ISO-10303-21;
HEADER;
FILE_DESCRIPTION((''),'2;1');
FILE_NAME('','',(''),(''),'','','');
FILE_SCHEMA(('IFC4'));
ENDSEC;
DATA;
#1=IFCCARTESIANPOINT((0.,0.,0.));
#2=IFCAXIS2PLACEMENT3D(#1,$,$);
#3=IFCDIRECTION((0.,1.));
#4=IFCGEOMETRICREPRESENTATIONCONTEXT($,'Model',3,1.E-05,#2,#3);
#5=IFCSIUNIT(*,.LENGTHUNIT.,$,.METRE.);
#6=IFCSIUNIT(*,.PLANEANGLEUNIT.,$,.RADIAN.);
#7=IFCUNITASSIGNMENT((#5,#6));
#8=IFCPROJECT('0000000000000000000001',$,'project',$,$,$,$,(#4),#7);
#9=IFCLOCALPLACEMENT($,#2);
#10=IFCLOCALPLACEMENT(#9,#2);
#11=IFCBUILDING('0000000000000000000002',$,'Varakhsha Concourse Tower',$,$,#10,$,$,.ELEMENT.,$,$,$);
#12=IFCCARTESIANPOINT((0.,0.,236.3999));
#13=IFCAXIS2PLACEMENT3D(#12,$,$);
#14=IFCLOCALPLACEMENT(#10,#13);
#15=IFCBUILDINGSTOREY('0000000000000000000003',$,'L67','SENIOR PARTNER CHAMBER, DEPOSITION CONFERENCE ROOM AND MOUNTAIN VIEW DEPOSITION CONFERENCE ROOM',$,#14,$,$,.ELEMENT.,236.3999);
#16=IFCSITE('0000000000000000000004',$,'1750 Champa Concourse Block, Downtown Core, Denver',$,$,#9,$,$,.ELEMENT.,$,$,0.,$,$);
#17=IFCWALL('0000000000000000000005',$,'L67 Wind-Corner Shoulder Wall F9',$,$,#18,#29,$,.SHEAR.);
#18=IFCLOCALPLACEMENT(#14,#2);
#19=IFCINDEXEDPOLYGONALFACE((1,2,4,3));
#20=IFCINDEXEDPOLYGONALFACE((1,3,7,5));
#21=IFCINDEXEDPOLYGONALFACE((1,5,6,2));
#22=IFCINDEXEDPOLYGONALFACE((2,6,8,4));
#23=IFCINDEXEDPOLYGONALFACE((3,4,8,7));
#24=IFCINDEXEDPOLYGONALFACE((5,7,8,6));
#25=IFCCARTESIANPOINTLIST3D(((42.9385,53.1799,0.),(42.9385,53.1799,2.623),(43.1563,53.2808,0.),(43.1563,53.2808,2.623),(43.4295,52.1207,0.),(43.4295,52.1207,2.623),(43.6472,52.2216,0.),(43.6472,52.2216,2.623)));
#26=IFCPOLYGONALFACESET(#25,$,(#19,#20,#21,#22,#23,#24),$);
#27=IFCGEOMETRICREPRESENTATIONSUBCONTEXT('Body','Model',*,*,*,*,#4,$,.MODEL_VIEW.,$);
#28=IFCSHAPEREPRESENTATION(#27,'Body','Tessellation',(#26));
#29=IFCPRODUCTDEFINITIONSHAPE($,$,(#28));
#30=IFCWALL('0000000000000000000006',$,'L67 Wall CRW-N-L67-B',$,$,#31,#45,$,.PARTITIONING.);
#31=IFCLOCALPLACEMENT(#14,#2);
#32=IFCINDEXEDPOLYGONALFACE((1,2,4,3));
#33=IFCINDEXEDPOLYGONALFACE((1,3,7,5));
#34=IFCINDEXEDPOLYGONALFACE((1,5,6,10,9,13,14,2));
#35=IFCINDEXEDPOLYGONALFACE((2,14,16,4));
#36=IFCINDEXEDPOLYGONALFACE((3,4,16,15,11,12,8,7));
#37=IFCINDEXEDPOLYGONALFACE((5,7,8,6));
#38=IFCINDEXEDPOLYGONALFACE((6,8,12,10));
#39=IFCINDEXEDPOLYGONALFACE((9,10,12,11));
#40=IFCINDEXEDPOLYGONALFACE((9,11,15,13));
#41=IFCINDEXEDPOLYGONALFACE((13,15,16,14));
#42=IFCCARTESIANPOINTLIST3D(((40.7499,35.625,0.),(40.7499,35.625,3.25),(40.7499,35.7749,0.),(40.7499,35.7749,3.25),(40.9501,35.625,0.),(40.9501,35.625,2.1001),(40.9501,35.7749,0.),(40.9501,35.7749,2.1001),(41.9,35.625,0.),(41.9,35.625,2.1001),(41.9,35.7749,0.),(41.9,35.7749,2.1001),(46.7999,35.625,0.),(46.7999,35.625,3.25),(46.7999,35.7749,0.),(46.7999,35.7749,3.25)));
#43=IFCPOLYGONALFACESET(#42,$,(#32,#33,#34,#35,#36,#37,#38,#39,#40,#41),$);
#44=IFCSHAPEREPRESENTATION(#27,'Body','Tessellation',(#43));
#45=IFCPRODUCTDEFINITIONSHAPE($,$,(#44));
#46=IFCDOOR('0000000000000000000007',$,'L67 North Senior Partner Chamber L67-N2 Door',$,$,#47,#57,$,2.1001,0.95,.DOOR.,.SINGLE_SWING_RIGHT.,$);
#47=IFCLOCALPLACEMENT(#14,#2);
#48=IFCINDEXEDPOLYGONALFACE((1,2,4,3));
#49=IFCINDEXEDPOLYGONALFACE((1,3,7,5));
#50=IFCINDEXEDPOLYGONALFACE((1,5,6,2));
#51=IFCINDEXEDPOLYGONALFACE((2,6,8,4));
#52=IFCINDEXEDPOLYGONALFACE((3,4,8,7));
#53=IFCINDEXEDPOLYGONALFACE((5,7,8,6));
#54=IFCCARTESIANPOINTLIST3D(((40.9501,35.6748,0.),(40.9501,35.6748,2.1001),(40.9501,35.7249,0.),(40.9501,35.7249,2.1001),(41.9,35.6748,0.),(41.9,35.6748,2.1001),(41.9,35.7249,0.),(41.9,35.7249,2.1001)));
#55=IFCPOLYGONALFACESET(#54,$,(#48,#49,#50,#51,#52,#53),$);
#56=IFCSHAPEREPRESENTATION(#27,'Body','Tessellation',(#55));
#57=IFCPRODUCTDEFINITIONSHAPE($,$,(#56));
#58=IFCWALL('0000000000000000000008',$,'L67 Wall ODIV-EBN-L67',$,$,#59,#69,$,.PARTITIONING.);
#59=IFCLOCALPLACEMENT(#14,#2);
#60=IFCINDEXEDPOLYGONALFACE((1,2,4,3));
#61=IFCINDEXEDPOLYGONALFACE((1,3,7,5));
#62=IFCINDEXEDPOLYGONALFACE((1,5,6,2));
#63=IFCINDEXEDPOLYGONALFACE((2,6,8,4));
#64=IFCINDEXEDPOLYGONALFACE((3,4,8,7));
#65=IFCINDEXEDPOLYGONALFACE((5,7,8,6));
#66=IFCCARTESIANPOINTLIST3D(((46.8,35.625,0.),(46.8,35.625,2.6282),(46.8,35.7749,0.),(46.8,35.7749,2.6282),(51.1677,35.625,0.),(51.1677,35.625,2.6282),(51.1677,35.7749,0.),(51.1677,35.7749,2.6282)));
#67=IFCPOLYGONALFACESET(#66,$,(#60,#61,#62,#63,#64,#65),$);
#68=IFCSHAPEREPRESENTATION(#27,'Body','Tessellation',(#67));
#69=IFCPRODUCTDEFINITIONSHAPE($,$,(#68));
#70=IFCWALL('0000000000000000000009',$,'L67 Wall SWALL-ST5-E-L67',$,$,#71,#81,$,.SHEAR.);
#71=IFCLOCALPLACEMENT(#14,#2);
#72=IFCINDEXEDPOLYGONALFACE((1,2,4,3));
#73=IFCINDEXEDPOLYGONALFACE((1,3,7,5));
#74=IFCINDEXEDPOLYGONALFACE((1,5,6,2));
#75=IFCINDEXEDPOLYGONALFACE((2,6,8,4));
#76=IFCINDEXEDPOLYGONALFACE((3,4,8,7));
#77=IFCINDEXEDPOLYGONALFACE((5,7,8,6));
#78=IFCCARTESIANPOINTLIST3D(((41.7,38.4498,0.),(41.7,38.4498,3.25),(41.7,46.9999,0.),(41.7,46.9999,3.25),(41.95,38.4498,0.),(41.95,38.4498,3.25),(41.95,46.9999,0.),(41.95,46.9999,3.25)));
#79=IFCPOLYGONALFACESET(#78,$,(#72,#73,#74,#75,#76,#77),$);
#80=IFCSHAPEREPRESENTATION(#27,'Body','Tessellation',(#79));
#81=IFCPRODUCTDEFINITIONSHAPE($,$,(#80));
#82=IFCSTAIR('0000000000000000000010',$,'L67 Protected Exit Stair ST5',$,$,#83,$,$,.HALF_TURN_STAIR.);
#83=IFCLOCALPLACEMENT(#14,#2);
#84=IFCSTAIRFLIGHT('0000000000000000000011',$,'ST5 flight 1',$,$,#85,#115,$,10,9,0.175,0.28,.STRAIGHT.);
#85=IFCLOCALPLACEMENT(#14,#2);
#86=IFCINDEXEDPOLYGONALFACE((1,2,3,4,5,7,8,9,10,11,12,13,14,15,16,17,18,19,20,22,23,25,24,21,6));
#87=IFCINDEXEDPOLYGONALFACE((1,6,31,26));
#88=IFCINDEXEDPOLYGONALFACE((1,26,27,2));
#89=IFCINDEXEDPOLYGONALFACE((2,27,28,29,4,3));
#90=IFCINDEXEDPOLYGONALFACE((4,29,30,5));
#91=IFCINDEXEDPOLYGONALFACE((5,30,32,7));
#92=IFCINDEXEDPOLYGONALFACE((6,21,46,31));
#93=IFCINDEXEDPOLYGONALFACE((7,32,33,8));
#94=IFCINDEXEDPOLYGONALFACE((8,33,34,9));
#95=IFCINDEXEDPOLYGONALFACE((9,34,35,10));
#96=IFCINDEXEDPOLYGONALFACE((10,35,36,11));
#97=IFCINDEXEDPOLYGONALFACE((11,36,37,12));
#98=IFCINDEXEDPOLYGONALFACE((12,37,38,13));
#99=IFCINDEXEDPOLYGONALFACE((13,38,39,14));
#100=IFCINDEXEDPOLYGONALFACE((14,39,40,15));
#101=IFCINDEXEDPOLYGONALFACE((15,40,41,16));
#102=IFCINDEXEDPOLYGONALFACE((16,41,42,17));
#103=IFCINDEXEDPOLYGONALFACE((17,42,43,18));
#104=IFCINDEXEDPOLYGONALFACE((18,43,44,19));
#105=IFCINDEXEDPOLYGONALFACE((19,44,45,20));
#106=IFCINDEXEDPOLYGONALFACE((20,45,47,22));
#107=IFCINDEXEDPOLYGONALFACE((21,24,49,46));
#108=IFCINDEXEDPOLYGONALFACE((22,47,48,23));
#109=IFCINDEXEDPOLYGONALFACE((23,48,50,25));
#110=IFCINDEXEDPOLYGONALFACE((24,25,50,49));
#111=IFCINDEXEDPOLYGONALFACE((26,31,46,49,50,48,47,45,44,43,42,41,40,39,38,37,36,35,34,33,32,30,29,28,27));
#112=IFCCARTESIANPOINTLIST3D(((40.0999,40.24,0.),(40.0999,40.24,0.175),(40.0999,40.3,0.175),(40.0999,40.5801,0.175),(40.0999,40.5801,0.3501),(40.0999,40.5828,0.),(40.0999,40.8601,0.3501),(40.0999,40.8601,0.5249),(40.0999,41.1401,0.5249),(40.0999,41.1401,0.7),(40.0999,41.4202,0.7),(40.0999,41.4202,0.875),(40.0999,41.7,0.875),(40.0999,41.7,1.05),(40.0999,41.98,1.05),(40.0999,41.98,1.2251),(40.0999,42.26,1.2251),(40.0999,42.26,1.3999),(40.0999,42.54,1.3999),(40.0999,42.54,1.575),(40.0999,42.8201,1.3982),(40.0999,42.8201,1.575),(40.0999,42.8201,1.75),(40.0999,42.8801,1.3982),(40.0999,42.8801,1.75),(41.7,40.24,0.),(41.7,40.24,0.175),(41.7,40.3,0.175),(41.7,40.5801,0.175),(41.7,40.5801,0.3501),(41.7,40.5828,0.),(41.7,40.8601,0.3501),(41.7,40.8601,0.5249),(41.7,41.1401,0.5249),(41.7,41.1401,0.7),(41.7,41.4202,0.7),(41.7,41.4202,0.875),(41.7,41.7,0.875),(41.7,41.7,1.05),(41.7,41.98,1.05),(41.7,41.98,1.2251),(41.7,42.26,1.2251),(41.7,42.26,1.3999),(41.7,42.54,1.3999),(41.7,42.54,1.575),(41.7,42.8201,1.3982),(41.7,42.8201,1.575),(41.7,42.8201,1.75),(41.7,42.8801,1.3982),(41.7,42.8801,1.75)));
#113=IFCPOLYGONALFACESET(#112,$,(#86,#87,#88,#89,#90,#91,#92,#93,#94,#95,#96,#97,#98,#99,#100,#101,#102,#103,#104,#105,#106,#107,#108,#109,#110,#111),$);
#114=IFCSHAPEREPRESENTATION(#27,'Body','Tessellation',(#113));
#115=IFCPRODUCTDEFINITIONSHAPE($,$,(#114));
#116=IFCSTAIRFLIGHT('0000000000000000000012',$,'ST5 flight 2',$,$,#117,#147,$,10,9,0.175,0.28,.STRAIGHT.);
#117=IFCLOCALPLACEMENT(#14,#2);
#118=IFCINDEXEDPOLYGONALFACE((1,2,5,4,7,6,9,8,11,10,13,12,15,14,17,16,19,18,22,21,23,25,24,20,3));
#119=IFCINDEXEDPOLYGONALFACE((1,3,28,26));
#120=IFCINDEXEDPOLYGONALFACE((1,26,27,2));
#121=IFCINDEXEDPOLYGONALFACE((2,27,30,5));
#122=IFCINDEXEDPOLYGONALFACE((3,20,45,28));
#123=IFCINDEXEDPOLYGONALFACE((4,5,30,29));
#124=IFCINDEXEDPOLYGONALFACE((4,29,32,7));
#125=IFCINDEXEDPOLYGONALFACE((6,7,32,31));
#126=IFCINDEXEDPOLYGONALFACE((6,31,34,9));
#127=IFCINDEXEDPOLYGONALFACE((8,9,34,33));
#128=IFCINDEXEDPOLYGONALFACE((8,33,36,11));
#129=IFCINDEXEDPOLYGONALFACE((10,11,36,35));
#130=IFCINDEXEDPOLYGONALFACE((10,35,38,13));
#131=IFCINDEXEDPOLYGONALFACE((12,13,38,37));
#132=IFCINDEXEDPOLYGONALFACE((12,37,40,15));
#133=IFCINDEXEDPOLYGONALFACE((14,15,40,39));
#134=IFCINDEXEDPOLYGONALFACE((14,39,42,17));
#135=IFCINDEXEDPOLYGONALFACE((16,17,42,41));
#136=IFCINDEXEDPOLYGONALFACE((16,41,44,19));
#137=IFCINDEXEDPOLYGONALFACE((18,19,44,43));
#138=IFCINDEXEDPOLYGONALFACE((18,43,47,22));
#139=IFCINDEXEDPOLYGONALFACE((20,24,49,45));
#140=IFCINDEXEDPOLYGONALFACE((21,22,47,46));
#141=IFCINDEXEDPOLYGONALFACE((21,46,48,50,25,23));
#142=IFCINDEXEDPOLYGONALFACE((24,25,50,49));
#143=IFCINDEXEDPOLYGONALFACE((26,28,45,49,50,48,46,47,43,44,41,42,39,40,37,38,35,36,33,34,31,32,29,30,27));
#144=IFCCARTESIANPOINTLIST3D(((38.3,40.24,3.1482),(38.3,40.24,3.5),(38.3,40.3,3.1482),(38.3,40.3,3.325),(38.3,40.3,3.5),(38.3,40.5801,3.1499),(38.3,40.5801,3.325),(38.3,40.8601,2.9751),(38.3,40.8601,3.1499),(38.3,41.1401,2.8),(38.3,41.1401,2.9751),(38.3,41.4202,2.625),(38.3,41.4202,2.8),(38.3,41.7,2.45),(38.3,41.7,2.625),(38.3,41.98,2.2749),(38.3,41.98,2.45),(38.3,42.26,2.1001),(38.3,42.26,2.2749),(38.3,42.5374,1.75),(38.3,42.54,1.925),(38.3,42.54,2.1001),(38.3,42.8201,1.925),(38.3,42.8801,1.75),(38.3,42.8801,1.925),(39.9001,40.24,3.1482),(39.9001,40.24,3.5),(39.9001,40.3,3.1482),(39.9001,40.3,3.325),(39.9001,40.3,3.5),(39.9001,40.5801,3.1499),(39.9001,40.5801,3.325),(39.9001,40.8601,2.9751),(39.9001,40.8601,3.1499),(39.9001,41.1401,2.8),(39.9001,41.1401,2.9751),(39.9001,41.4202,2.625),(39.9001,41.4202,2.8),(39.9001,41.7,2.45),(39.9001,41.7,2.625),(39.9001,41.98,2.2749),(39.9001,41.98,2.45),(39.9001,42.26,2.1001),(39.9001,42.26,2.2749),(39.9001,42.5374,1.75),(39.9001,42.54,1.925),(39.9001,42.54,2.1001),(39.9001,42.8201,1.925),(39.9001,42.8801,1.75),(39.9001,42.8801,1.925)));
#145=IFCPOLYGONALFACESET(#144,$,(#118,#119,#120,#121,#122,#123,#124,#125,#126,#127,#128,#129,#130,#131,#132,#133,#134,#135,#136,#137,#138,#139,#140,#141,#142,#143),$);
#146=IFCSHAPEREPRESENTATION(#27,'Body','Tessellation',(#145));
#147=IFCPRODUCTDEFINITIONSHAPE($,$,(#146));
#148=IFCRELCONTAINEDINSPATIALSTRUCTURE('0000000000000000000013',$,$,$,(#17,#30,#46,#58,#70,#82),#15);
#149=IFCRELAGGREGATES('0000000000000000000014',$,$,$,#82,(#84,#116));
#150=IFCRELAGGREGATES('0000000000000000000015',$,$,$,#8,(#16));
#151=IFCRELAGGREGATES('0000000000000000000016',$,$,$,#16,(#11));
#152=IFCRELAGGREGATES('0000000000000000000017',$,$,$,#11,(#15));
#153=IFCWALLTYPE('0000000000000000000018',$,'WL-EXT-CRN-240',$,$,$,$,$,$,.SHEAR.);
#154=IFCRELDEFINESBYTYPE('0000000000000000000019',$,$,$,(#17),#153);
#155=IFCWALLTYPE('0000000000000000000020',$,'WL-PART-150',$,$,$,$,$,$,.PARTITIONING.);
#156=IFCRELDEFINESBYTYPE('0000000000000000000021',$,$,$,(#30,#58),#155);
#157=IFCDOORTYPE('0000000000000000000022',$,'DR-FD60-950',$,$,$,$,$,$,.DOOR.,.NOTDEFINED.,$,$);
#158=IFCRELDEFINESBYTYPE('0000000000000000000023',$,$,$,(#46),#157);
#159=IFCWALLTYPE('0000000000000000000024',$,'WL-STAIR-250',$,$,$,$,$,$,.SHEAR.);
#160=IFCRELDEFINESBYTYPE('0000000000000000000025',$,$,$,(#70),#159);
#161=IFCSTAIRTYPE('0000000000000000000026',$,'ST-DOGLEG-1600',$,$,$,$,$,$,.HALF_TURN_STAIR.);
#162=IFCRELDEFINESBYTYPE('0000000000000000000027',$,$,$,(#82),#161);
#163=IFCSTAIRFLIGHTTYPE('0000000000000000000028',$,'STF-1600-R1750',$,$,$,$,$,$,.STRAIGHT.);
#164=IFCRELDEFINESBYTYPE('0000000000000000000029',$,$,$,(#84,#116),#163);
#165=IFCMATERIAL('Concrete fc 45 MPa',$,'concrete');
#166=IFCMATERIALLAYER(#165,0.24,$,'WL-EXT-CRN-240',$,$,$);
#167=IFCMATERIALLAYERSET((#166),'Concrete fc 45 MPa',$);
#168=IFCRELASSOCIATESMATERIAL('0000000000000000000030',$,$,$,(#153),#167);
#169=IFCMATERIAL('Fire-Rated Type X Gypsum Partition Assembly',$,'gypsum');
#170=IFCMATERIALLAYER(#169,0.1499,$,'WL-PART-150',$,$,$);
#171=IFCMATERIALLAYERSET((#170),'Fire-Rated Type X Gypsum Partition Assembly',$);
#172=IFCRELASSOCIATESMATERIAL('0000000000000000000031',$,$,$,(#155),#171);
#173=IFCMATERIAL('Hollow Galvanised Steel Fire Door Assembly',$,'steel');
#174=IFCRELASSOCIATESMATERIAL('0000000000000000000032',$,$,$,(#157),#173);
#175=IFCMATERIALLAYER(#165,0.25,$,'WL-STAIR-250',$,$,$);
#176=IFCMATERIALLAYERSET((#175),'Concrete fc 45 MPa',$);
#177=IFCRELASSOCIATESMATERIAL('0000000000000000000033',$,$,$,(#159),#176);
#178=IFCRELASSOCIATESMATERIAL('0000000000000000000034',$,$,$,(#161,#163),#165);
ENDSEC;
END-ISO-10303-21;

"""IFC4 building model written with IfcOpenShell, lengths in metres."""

from ifc_helpers import new_model, si_unit, direction, frame, frame_2d, origin, place, context, subcontext, project, spatial, polyline, rectangle, outline, extrude, material, layer, layer_set, type_object, element, fill, aggregate, save


model = new_model("IFC4")

# Units and contexts
model_context = context("Model", 3, precision=1e-05, world=origin(), true_north=direction((0.0, 1.0)))
body_context = subcontext(model_context, "Body", "Model", "MODEL_VIEW")
ifc_project = project(units=[si_unit("LENGTHUNIT", "METRE"), si_unit("PLANEANGLEUNIT", "RADIAN")], contexts=[model_context])

# Site, building, storey
site_placement = place(None, origin())
site = spatial("IfcSite", under=ifc_project, at=site_placement, Name="1750 Champa Concourse Block, Downtown Core, Denver", CompositionType="ELEMENT", RefElevation=0.0)
building_placement = place(site_placement, origin())
building = spatial("IfcBuilding", under=site, at=building_placement, Name="Varakhsha Concourse Tower", CompositionType="ELEMENT")
storey_placement = place(building_placement, frame((0.0, 0.0, 236.3999)))
storey = spatial("IfcBuildingStorey", under=building, at=storey_placement, Name="L67", Description="SENIOR PARTNER CHAMBER, DEPOSITION CONFERENCE ROOM AND MOUNTAIN VIEW DEPOSITION CONFERENCE ROOM", CompositionType="ELEMENT", Elevation=236.3999)

# Wall
ifc_material_1 = material(Name="Concrete fc 45 MPa", Category="concrete")
ifc_layer_1 = layer(ifc_material_1, 0.24, Name="WL-EXT-CRN-240")
ifc_layer_set_1 = layer_set([ifc_layer_1], Name="Concrete fc 45 MPa")
wall_type_1 = type_object("IfcWallType", Name="WL-EXT-CRN-240", PredefinedType="SHEAR", material=ifc_layer_set_1)
wall_1_placement = place(storey_placement, frame((43.5383, 52.1711, 0.0), z_axis=(0.0, 0.0, 1.0), x_axis=(-0.420503, 0.907291, 0.0)))
element("IfcWall", 1, at=wall_1_placement, inside=storey, type_object=wall_type_1, Name="L67 Wind-Corner Shoulder Wall F9", PredefinedType="SHEAR", context=body_context, shape_type="SweptSolid", body=[
    extrude(rectangle(XDim=1.1675, YDim=0.24, at=frame_2d((0.5837, 0.0))), origin(), (0.0, 0.0, 1.0), 2.623),
])

# Wall, opening, door
ifc_material_2 = material(Name="Fire-Rated Type X Gypsum Partition Assembly", Category="gypsum")
ifc_layer_2 = layer(ifc_material_2, 0.1499, Name="WL-PART-150")
ifc_layer_set_2 = layer_set([ifc_layer_2], Name="Fire-Rated Type X Gypsum Partition Assembly")
wall_type_2 = type_object("IfcWallType", Name="WL-PART-150", PredefinedType="PARTITIONING", material=ifc_layer_set_2)
wall_2_placement = place(storey_placement, frame((40.75, 35.7, 0.0), z_axis=(0.0, 0.0, 1.0), x_axis=(1.0, 0.0, 0.0)))
wall_2 = element("IfcWall", 2, at=wall_2_placement, inside=storey, type_object=wall_type_2, Name="L67 Wall CRW-N-L67-B", PredefinedType="PARTITIONING", context=body_context, shape_type="SweptSolid", body=[
    extrude(rectangle(XDim=6.05, YDim=0.1499, at=frame_2d((3.0249, 0.0))), origin(), (0.0, 0.0, 1.0), 3.25),
])
opening_placement = place(wall_2_placement, frame((0.2, 0.0, 0.0)))
opening = element("IfcOpeningElement", 3, at=opening_placement, cuts=wall_2, PredefinedType="OPENING", context=body_context, shape_type="SweptSolid", body=[
    extrude(rectangle(XDim=0.95, YDim=2.1001, at=frame_2d((0.4751, 1.05))), frame((0.0, 0.085, 0.0), z_axis=(0.0, -1.0, 0.0), x_axis=(1.0, 0.0, 0.0)), (0.0, 0.0, 1.0), 0.1699),
])
ifc_material_3 = material(Name="Hollow Galvanised Steel Fire Door Assembly", Category="steel")
door_type = type_object("IfcDoorType", Name="DR-FD60-950", OperationType="NOTDEFINED", PredefinedType="DOOR", material=ifc_material_3)
door_placement = place(opening_placement, origin())
door = element("IfcDoor", 4, at=door_placement, inside=storey, type_object=door_type, Name="L67 North Senior Partner Chamber L67-N2 Door", OperationType="SINGLE_SWING_RIGHT", OverallHeight=2.1001, OverallWidth=0.95, PredefinedType="DOOR", context=body_context, shape_type="SweptSolid", body=[
    extrude(rectangle(XDim=0.95, YDim=2.1001, at=frame_2d((0.4751, 1.05))), frame((0.0, 0.0249, 0.0), z_axis=(0.0, -1.0, 0.0), x_axis=(1.0, 0.0, 0.0)), (0.0, 0.0, 1.0), 0.05),
])
fill(opening, door)

# Walls
wall_3_placement = place(storey_placement, frame((46.8, 35.7, 0.0), z_axis=(0.0, 0.0, 1.0), x_axis=(1.0, 0.0, 0.0)))
element("IfcWall", 5, at=wall_3_placement, inside=storey, type_object=wall_type_2, Name="L67 Wall ODIV-EBN-L67", PredefinedType="PARTITIONING", context=body_context, shape_type="SweptSolid", body=[
    extrude(rectangle(XDim=4.3677, YDim=0.1499, at=frame_2d((2.1838, 0.0))), origin(), (0.0, 0.0, 1.0), 2.6282),
])
ifc_layer_3 = layer(ifc_material_1, 0.25, Name="WL-STAIR-250")
ifc_layer_set_3 = layer_set([ifc_layer_3], Name="Concrete fc 45 MPa")
wall_type_3 = type_object("IfcWallType", Name="WL-STAIR-250", PredefinedType="SHEAR", material=ifc_layer_set_3)
wall_4_placement = place(storey_placement, frame((41.825, 38.45, 0.0), z_axis=(0.0, 0.0, 1.0), x_axis=(0.0, 1.0, 0.0)))
element("IfcWall", 6, at=wall_4_placement, inside=storey, type_object=wall_type_3, Name="L67 Wall SWALL-ST5-E-L67", PredefinedType="SHEAR", context=body_context, shape_type="SweptSolid", body=[
    extrude(rectangle(XDim=8.55, YDim=0.25, at=frame_2d((4.2749, 0.0))), origin(), (0.0, 0.0, 1.0), 3.25),
])

# Stair, stair flights
stair_type = type_object("IfcStairType", Name="ST-DOGLEG-1600", PredefinedType="HALF_TURN_STAIR", material=ifc_material_1)
stair_placement = place(storey_placement, origin())
stair = element("IfcStair", 7, at=stair_placement, inside=storey, type_object=stair_type, Name="L67 Protected Exit Stair ST5", PredefinedType="HALF_TURN_STAIR")
stair_flight_type = type_object("IfcStairFlightType", Name="STF-1600-R1750", PredefinedType="STRAIGHT", material=ifc_material_1)
stair_flight_1_placement = place(storey_placement, frame((40.8999, 40.3, 0.0), z_axis=(0.0, 0.0, 1.0), x_axis=(0.0, 1.0, 0.0)))
stair_flight_1 = element("IfcStairFlight", 8, at=stair_flight_1_placement, type_object=stair_flight_type, Name="ST5 flight 1", NumberOfRisers=10, NumberOfTreads=9, PredefinedType="STRAIGHT", RiserHeight=0.175, TreadLength=0.28, context=body_context, shape_type="SweptSolid", body=[
    extrude(outline(polyline([(-0.0601, 0.0), (-0.0601, 0.175), (0.0, 0.175), (0.28, 0.175), (0.28, 0.3501), (0.5601, 0.3501), (0.5601, 0.5249), (0.8401, 0.5249), (0.8401, 0.7), (1.1201, 0.7), (1.1201, 0.875), (1.3999, 0.875), (1.3999, 1.05), (1.6799, 1.05), (1.6799, 1.2251), (1.96, 1.2251), (1.96, 1.3999), (2.24, 1.3999), (2.24, 1.575), (2.52, 1.575), (2.52, 1.75), (2.5801, 1.75), (2.5801, 1.3982), (2.52, 1.3982), (0.2827, 0.0), (-0.0601, 0.0)])), frame((0.0, 0.8, 0.0), z_axis=(0.0, -1.0, 0.0), x_axis=(1.0, 0.0, 0.0)), (0.0, 0.0, 1.0), 1.6001),
])
stair_flight_2_placement = place(storey_placement, frame((39.1001, 42.8201, 1.75), z_axis=(0.0, 0.0, 1.0), x_axis=(0.0, -1.0, 0.0)))
stair_flight_2 = element("IfcStairFlight", 9, at=stair_flight_2_placement, type_object=stair_flight_type, Name="ST5 flight 2", NumberOfRisers=10, NumberOfTreads=9, PredefinedType="STRAIGHT", RiserHeight=0.175, TreadLength=0.28, context=body_context, shape_type="SweptSolid", body=[
    extrude(outline(polyline([(-0.0601, 0.0), (-0.0601, 0.175), (0.0, 0.175), (0.28, 0.175), (0.28, 0.3501), (0.5601, 0.3501), (0.5601, 0.5249), (0.8401, 0.5249), (0.8401, 0.7), (1.1201, 0.7), (1.1201, 0.875), (1.3999, 0.875), (1.3999, 1.05), (1.6799, 1.05), (1.6799, 1.2251), (1.96, 1.2251), (1.96, 1.3999), (2.24, 1.3999), (2.24, 1.575), (2.52, 1.575), (2.52, 1.75), (2.5801, 1.75), (2.5801, 1.3982), (2.52, 1.3982), (0.2827, 0.0), (-0.0601, 0.0)])), frame((0.0, 0.8, 0.0), z_axis=(0.0, -1.0, 0.0), x_axis=(1.0, 0.0, 0.0)), (0.0, 0.0, 1.0), 1.6001),
])
aggregate(stair, [stair_flight_1, stair_flight_2])

save(model, "model.ifc")
